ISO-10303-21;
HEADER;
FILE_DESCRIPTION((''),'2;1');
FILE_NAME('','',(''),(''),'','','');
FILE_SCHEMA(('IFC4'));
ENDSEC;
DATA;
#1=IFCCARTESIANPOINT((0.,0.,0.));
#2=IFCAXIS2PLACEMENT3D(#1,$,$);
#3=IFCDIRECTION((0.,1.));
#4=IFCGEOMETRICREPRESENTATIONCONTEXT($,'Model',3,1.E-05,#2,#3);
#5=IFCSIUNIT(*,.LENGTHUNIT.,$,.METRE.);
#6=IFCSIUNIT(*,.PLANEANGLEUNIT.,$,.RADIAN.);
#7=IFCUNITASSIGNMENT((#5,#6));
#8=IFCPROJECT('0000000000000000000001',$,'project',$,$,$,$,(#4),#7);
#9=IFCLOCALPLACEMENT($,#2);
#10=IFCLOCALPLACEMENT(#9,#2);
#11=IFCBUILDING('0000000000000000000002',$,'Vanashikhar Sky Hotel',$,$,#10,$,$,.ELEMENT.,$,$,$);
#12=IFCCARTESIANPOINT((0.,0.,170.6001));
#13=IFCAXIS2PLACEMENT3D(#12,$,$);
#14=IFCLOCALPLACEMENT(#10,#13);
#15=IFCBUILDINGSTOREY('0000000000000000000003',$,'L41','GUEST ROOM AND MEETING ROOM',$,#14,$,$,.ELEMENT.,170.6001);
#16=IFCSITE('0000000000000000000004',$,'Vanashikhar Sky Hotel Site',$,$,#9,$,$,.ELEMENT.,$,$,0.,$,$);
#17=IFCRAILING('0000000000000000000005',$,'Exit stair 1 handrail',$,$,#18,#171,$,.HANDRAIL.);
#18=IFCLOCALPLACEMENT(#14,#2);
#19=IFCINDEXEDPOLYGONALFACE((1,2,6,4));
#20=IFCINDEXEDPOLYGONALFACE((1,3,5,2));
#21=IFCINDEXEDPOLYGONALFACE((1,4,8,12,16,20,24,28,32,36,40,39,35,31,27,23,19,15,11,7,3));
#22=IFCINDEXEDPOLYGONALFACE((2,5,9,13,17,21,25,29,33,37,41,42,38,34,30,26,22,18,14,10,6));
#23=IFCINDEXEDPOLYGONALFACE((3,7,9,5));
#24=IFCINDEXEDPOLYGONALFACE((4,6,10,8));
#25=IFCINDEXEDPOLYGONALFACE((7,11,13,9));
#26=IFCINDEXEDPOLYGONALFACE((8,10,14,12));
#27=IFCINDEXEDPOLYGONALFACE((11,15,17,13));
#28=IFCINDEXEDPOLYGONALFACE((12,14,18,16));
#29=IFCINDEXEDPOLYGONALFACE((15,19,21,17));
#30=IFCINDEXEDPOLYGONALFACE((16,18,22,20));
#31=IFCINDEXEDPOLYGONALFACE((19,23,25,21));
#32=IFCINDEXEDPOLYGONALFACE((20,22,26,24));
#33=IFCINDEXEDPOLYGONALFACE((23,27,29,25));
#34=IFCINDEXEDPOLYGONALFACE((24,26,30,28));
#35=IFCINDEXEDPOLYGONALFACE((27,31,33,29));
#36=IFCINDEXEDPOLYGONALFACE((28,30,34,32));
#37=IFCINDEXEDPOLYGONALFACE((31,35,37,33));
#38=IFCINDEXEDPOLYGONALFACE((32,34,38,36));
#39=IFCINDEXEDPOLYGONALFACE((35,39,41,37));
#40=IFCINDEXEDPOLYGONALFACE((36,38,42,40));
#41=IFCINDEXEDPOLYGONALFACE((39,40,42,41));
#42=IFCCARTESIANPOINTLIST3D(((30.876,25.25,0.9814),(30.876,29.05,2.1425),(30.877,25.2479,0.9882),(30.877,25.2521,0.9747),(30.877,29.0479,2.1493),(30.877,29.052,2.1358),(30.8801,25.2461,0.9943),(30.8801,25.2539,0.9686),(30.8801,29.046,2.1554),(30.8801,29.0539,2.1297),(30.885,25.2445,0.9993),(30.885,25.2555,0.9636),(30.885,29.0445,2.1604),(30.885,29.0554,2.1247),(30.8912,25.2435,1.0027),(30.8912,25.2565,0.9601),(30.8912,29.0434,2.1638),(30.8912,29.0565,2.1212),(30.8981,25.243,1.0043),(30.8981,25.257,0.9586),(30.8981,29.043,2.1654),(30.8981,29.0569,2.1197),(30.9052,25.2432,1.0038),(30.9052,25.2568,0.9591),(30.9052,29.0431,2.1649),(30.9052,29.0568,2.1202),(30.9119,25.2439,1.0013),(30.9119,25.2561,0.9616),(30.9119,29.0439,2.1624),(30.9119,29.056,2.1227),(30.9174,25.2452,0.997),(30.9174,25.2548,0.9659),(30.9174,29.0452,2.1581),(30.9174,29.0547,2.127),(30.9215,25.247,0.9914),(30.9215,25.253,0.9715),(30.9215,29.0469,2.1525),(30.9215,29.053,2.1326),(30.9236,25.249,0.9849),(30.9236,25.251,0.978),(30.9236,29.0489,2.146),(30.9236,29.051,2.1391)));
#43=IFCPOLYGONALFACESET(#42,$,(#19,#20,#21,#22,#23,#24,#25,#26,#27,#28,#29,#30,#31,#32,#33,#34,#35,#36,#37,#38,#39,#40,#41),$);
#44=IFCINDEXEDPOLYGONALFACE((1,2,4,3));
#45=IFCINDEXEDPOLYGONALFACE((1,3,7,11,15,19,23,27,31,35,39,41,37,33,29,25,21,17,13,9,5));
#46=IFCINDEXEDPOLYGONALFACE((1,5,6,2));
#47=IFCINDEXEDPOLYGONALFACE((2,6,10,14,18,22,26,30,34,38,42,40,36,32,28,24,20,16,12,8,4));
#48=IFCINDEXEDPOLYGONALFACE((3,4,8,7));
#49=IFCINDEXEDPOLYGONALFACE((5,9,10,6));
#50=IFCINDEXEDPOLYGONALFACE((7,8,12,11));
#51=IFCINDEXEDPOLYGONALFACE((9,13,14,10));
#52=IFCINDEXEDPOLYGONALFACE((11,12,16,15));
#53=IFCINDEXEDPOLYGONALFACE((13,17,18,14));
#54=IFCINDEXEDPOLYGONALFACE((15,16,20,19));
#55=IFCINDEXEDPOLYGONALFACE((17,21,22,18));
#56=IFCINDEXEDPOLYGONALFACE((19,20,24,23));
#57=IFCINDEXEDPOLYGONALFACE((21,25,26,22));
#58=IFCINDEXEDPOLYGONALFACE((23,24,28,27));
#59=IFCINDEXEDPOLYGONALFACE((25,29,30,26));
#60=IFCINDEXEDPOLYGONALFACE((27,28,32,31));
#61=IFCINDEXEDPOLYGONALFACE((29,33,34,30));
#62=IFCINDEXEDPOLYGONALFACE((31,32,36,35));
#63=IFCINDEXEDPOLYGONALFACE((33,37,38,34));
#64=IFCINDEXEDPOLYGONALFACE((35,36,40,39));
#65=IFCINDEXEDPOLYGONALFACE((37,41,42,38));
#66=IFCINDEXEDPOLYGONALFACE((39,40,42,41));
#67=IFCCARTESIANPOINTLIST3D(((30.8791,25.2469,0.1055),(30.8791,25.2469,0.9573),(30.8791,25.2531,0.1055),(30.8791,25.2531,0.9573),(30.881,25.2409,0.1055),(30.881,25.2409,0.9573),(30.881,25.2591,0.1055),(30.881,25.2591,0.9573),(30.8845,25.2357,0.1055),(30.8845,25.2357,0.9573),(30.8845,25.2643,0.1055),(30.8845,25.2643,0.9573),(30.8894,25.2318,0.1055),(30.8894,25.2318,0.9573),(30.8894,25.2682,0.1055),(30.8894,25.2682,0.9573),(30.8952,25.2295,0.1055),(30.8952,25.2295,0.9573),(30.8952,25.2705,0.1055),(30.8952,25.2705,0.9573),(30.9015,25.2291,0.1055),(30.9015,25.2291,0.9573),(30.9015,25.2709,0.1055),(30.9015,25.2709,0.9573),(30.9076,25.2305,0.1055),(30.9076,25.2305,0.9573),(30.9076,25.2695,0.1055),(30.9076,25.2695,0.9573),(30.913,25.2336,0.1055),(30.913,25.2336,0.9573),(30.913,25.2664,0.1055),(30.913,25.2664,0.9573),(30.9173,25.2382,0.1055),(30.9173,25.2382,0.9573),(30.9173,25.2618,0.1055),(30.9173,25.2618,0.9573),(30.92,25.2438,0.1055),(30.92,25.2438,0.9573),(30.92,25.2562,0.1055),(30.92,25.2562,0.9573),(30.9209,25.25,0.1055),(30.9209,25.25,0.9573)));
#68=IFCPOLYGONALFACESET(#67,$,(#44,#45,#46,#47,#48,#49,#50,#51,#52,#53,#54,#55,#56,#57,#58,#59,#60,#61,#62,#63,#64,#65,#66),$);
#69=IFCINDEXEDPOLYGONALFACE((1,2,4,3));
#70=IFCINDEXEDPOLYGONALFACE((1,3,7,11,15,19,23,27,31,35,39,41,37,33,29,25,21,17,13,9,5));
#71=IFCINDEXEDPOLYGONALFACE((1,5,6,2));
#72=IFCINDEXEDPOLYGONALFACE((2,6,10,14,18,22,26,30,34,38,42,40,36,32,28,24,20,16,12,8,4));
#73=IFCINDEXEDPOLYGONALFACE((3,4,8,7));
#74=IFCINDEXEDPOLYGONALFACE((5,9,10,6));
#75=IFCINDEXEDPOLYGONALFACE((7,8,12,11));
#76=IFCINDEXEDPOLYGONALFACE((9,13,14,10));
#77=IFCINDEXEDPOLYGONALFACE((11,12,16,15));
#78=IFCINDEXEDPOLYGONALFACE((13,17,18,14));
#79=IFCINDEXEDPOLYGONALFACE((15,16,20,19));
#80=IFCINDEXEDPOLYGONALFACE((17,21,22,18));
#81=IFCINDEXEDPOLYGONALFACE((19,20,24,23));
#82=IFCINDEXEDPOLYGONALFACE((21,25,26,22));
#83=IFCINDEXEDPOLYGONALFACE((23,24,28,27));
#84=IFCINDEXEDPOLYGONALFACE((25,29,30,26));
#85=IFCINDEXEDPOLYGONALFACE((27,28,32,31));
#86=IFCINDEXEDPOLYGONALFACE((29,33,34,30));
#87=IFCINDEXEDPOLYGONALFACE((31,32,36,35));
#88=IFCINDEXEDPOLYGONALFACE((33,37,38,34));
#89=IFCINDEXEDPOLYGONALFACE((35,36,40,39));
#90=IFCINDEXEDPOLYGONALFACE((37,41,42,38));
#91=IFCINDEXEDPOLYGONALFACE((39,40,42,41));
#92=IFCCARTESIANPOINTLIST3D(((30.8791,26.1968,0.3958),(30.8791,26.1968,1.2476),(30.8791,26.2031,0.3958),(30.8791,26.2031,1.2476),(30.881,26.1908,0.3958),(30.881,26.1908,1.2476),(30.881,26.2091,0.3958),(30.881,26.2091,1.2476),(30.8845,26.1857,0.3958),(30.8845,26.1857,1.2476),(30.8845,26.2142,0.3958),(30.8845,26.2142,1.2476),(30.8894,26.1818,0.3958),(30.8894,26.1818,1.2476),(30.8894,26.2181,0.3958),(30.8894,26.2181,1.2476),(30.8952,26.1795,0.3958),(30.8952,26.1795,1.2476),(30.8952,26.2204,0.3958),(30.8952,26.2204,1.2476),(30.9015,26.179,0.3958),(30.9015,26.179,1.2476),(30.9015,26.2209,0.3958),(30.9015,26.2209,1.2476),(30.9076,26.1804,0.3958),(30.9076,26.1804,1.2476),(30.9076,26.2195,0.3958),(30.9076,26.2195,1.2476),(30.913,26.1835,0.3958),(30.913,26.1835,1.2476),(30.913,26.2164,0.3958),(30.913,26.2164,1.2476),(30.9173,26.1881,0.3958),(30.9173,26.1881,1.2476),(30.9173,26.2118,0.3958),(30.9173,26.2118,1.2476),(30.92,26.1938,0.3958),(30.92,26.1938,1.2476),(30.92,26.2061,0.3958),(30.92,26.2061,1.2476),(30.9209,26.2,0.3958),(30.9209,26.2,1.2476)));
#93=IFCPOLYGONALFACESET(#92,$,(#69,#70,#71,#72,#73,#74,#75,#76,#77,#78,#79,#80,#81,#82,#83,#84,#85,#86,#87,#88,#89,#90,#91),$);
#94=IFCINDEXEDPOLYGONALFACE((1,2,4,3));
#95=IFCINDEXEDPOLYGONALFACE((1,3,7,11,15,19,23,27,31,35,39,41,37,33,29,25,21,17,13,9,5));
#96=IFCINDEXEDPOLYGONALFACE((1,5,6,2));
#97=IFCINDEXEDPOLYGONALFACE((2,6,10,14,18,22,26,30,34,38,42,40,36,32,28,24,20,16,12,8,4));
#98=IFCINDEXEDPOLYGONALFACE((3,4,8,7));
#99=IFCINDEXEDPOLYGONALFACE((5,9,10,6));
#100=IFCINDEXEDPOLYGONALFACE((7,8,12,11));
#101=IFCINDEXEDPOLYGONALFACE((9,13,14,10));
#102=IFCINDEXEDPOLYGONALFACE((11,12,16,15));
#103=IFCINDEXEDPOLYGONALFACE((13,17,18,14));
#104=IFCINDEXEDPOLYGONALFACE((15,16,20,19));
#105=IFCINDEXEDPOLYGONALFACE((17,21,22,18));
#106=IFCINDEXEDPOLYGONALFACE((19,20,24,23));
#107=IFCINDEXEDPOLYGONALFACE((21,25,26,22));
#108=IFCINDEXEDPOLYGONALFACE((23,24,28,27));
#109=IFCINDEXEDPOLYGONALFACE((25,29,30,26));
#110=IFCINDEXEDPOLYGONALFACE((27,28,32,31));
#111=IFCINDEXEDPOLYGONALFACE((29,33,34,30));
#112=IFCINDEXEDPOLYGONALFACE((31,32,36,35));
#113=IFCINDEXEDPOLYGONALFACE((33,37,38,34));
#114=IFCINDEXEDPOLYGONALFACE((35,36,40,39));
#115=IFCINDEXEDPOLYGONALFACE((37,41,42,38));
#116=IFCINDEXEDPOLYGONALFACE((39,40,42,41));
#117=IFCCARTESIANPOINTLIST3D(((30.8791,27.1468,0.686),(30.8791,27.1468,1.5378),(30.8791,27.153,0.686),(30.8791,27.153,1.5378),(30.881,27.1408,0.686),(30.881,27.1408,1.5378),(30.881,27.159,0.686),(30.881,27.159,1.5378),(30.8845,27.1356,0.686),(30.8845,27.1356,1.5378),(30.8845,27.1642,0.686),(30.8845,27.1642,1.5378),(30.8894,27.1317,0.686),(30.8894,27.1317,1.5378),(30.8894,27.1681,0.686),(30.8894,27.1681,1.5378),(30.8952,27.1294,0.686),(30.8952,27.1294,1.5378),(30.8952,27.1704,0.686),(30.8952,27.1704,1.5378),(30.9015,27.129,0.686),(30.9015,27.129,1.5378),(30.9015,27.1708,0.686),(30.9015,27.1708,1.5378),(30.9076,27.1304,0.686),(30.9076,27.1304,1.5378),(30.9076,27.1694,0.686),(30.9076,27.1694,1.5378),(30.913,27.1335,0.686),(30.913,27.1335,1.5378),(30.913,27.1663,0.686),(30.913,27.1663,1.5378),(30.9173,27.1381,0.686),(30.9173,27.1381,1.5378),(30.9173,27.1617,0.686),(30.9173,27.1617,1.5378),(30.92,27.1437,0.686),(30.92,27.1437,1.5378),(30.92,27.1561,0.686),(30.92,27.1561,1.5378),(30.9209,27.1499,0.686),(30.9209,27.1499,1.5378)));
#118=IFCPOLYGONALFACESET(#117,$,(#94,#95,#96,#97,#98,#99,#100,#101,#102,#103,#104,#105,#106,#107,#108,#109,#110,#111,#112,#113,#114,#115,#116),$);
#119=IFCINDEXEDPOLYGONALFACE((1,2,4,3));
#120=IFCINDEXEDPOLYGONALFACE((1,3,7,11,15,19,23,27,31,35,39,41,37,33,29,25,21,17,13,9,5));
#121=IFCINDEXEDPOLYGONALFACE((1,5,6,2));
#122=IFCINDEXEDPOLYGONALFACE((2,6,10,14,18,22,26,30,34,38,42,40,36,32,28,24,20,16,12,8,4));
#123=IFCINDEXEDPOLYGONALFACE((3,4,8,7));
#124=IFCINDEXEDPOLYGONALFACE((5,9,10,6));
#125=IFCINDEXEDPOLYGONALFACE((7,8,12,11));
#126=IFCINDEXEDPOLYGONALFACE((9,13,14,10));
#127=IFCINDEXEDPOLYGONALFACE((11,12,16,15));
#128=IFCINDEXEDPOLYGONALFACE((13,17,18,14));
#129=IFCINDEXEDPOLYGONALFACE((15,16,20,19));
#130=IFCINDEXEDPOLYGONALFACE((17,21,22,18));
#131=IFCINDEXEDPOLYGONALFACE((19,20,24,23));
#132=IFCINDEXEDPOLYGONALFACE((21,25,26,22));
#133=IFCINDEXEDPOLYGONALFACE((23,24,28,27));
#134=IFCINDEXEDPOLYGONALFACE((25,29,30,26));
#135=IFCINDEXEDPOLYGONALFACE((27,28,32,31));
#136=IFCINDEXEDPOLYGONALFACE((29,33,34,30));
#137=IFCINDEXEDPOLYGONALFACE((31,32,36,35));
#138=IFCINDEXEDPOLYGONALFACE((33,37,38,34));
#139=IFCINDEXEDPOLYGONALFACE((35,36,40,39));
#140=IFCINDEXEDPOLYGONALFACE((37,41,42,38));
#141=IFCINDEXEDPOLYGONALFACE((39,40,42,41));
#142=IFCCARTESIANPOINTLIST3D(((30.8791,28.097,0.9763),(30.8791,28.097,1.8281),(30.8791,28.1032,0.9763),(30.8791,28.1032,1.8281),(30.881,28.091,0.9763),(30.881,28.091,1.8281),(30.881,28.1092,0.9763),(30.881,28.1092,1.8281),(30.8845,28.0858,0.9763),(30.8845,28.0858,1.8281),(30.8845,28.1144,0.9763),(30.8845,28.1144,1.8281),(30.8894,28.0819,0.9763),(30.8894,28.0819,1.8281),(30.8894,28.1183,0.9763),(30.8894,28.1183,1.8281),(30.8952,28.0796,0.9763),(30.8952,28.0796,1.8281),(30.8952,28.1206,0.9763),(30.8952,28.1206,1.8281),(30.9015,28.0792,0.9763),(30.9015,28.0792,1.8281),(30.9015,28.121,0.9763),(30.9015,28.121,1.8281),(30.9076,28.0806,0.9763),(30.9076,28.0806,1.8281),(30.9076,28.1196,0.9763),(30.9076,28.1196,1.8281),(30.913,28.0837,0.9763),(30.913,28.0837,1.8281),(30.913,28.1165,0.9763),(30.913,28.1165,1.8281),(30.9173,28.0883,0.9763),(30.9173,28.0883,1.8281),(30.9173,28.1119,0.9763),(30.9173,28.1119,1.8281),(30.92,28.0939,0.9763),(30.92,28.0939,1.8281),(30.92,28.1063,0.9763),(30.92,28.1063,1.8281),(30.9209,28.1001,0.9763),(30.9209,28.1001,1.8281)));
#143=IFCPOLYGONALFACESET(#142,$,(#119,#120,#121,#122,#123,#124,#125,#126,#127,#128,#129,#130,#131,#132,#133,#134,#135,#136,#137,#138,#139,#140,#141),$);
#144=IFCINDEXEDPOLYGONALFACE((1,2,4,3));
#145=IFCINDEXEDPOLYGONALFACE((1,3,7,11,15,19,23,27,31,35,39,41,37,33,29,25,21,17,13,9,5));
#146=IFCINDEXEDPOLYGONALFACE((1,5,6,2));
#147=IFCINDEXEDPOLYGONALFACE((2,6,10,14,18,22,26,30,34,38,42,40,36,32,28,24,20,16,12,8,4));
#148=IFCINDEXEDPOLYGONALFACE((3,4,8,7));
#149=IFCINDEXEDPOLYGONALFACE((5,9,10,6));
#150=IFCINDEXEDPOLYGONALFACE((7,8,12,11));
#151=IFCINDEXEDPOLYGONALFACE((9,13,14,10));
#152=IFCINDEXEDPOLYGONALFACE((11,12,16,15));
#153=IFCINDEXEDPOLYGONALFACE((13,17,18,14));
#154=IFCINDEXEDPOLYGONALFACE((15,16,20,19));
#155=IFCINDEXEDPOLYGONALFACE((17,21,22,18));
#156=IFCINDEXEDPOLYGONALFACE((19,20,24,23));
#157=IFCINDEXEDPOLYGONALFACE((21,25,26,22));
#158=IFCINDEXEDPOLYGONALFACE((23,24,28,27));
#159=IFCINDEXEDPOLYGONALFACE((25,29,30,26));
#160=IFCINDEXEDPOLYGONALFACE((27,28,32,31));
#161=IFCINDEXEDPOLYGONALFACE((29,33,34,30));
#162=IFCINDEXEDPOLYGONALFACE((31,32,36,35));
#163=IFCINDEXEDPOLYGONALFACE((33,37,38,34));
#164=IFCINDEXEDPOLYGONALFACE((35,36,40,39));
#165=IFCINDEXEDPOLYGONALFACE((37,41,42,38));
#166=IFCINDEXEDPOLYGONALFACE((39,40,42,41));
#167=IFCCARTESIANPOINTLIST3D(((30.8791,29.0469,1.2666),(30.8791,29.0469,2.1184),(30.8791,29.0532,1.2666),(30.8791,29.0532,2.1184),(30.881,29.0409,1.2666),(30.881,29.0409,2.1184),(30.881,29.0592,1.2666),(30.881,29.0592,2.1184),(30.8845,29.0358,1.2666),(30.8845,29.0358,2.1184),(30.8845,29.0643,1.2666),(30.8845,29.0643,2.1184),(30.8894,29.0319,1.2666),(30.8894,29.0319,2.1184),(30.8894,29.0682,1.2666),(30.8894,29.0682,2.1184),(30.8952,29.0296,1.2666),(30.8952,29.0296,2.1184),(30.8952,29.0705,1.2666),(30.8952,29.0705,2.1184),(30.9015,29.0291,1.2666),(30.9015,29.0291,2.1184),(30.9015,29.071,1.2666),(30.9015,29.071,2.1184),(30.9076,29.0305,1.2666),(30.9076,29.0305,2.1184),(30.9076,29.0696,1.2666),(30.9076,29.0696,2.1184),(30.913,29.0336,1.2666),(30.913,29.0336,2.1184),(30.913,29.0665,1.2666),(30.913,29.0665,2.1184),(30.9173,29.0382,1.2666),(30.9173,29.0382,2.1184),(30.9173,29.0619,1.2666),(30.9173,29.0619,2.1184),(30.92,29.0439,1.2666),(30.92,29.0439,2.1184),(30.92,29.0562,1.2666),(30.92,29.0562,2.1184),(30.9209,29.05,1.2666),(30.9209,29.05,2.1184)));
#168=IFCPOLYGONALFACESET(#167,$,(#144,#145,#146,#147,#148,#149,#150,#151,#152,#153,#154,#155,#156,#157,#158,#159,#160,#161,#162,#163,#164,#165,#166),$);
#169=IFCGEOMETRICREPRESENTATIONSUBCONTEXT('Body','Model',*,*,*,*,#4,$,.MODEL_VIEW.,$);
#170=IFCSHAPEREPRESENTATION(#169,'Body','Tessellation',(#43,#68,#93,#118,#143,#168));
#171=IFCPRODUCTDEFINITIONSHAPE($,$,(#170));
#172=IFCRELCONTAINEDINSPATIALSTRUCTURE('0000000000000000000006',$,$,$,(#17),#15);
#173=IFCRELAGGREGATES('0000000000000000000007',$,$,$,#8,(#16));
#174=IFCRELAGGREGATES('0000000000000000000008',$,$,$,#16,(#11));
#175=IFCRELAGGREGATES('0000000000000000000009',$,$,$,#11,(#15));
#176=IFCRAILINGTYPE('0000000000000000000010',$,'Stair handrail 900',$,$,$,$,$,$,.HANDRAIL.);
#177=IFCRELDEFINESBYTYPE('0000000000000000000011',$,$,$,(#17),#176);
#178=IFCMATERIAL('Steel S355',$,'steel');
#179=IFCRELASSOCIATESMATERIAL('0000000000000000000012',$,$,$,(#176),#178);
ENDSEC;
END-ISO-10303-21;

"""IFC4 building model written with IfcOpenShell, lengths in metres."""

from ifc_helpers import new_model, si_unit, direction, frame, origin, origin_2d, place, context, subcontext, project, spatial, circle, extrude, source, transform, mapped, material, type_object, element, save


model = new_model("IFC4")

# Units and contexts
model_context = context("Model", 3, precision=1e-05, world=origin(), true_north=direction((0.0, 1.0)))
body_context = subcontext(model_context, "Body", "Model", "MODEL_VIEW")
ifc_project = project(units=[si_unit("LENGTHUNIT", "METRE"), si_unit("PLANEANGLEUNIT", "RADIAN")], contexts=[model_context])

# Site, building, storey
site_placement = place(None, origin())
site = spatial("IfcSite", under=ifc_project, at=site_placement, Name="Vanashikhar Sky Hotel Site", CompositionType="ELEMENT", RefElevation=0.0)
building_placement = place(site_placement, origin())
building = spatial("IfcBuilding", under=site, at=building_placement, Name="Vanashikhar Sky Hotel", CompositionType="ELEMENT")
storey_placement = place(building_placement, frame((0.0, 0.0, 170.6001)))
storey = spatial("IfcBuildingStorey", under=building, at=storey_placement, Name="L41", Description="GUEST ROOM AND MEETING ROOM", CompositionType="ELEMENT", Elevation=170.6001)

# Railing
ifc_material_1 = material(Name="Steel S355", Category="steel")
railing_type_1 = type_object("IfcRailingType", Name="Stair handrail 900", PredefinedType="HANDRAIL", material=ifc_material_1)
shared_shape_1 = source(origin(), body_context, "Body", "SweptSolid", [
    extrude(circle(Radius=0.0239, at=origin_2d()), frame((0.0, 0.0, 0.876), z_axis=(0.0, 0.956351, 0.29222), x_axis=(-1.0, 0.0, 0.0)), (0.0, 0.0, 1.0), 3.9734),
    extrude(circle(Radius=0.021, at=origin_2d()), origin(), (0.0, 0.0, 1.0), 0.8518),
    extrude(circle(Radius=0.021, at=origin_2d()), frame((0.0, 0.95, 0.2903)), (0.0, 0.0, 1.0), 0.8518),
    extrude(circle(Radius=0.021, at=origin_2d()), frame((0.0, 1.8999, 0.5806)), (0.0, 0.0, 1.0), 0.8518),
    extrude(circle(Radius=0.021, at=origin_2d()), frame((0.0, 2.8501, 0.8708)), (0.0, 0.0, 1.0), 0.8518),
    extrude(circle(Radius=0.021, at=origin_2d()), frame((0.0, 3.8, 1.1611)), (0.0, 0.0, 1.0), 0.8518),
])
for number, where, name in (
    (1, (30.8999, 25.25, 0.1055), "Exit stair 1 handrail"),
):
    element("IfcRailing", number, at=place(storey_placement, frame(where)), inside=storey, type_object=railing_type_1, Name=name, PredefinedType="HANDRAIL", context=body_context, shape_type="MappedRepresentation", body=[
        mapped(shared_shape_1, transform((0.0, 0.0, 0.0), scale=1.0)),
    ])

save(model, "model.ifc")
